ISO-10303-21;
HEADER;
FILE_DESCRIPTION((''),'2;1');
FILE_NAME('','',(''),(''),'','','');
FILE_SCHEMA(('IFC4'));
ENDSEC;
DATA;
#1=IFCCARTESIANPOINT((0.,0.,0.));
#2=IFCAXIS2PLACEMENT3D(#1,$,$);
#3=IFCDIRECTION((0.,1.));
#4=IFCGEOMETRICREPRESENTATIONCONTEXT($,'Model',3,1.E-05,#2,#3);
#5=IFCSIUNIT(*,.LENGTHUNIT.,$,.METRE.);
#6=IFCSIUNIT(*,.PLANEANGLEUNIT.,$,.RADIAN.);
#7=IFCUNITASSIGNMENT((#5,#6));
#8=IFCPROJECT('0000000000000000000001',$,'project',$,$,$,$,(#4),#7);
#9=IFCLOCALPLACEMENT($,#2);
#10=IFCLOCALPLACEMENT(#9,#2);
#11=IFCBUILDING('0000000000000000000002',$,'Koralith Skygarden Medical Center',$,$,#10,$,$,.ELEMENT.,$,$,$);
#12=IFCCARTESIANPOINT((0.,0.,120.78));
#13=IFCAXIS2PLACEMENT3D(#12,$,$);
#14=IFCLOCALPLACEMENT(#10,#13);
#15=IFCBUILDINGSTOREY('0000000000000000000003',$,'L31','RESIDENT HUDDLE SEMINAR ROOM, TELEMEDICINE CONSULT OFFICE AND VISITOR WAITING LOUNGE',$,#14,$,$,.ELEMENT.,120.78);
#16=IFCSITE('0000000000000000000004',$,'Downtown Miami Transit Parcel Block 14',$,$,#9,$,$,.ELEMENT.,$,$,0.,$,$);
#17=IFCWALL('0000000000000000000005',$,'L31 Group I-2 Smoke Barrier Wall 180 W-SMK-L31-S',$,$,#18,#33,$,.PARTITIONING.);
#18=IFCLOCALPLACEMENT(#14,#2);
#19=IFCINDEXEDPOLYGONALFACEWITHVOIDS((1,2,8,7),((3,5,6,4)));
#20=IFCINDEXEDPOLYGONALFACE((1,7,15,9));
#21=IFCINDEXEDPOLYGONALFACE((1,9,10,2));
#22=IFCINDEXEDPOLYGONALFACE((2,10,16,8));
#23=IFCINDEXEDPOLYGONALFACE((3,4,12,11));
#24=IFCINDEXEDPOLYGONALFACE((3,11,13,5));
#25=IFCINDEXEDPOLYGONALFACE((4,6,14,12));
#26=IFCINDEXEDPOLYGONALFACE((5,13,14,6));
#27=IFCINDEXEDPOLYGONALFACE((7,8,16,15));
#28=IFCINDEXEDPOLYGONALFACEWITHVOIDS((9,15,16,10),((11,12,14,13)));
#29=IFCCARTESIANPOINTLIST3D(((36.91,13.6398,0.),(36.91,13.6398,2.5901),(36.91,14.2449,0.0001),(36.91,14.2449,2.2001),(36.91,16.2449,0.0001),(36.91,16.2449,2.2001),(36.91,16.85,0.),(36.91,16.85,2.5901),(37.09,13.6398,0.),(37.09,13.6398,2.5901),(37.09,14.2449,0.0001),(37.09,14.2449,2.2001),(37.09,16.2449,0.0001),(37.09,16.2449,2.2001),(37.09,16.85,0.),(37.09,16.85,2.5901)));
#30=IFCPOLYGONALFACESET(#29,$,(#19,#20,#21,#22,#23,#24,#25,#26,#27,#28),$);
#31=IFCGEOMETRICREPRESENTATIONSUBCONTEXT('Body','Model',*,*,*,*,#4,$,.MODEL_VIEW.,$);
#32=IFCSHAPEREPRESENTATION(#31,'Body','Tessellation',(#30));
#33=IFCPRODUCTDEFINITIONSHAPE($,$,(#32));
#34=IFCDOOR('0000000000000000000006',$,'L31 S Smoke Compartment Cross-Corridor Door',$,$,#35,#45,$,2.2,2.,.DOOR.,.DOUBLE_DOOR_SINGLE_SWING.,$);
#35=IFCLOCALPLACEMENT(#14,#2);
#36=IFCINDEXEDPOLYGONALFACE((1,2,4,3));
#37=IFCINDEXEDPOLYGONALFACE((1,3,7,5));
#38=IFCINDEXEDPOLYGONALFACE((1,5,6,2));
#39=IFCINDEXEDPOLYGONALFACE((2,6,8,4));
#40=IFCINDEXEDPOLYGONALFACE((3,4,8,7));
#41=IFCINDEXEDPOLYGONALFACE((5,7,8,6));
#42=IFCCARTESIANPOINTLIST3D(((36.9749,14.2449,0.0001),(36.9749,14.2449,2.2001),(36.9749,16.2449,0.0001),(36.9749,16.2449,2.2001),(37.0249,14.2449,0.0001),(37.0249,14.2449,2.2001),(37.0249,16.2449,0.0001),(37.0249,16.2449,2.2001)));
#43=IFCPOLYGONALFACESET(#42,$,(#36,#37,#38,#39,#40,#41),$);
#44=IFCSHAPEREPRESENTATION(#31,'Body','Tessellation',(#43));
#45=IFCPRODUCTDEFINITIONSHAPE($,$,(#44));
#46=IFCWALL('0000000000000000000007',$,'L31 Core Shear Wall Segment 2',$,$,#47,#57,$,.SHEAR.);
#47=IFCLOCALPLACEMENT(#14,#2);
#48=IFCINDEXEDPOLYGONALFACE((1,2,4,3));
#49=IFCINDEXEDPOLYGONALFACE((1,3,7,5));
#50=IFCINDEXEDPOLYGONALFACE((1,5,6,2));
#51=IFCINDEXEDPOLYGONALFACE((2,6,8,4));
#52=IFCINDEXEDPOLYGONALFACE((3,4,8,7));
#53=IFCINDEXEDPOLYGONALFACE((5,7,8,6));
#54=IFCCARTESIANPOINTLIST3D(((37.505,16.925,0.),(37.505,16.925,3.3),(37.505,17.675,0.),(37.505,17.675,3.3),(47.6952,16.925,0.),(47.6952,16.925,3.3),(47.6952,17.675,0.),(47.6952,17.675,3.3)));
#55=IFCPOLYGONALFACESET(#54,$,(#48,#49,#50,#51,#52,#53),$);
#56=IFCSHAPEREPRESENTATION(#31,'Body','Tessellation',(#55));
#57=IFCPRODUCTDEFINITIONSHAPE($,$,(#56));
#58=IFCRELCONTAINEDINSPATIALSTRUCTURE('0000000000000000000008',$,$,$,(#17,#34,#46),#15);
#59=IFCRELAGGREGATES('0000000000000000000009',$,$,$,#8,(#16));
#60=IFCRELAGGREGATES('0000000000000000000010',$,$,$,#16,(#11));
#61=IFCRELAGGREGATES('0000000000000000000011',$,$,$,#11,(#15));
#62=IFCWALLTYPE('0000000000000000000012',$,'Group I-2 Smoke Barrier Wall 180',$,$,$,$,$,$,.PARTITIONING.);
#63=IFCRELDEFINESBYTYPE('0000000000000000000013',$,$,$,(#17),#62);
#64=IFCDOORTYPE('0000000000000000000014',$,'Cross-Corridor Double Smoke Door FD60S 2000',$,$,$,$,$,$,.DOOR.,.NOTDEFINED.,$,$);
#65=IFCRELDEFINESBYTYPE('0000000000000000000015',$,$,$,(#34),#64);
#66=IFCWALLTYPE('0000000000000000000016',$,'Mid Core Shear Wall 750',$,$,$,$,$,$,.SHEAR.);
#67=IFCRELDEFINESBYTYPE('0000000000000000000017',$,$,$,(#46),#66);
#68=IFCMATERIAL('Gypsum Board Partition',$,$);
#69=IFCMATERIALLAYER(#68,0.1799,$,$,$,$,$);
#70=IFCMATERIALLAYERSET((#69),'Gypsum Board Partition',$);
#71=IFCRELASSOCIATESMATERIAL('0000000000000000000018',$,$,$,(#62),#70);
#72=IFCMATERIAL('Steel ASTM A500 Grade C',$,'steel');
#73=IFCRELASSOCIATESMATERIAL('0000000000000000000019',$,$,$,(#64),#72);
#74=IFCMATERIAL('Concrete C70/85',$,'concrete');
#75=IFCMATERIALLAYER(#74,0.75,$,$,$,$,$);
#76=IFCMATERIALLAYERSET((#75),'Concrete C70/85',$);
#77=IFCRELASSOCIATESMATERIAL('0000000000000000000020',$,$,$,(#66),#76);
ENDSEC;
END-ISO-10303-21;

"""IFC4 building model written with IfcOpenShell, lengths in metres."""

from ifc_helpers import new_model, si_unit, direction, frame, frame_2d, origin, place, context, subcontext, project, spatial, rectangle, extrude, material, layer, layer_set, type_object, element, fill, save


model = new_model("IFC4")

# Units and contexts
model_context = context("Model", 3, precision=1e-05, world=origin(), true_north=direction((0.0, 1.0)))
body_context = subcontext(model_context, "Body", "Model", "MODEL_VIEW")
ifc_project = project(units=[si_unit("LENGTHUNIT", "METRE"), si_unit("PLANEANGLEUNIT", "RADIAN")], contexts=[model_context])

# Site, building, storey
site_placement = place(None, origin())
site = spatial("IfcSite", under=ifc_project, at=site_placement, Name="Downtown Miami Transit Parcel Block 14", CompositionType="ELEMENT", RefElevation=0.0)
building_placement = place(site_placement, origin())
building = spatial("IfcBuilding", under=site, at=building_placement, Name="Koralith Skygarden Medical Center", CompositionType="ELEMENT")
storey_placement = place(building_placement, frame((0.0, 0.0, 120.78)))
storey = spatial("IfcBuildingStorey", under=building, at=storey_placement, Name="L31", Description="RESIDENT HUDDLE SEMINAR ROOM, TELEMEDICINE CONSULT OFFICE AND VISITOR WAITING LOUNGE", CompositionType="ELEMENT", Elevation=120.78)

# Shared definitions
ifc_material_1 = material(Name="Concrete C70/85", Category="concrete")

# Shared definitions
ifc_material_2 = material(Name="Gypsum Board Partition")

# Wall, opening, door
ifc_layer_1 = layer(ifc_material_2, 0.1799)
ifc_layer_set_1 = layer_set([ifc_layer_1], Name="Gypsum Board Partition")
wall_type_1 = type_object("IfcWallType", Name="Group I-2 Smoke Barrier Wall 180", PredefinedType="PARTITIONING", material=ifc_layer_set_1)
wall_1_placement = place(storey_placement, frame((37.0, 13.6399, 0.0), z_axis=(0.0, 0.0, 1.0), x_axis=(0.0, 1.0, 0.0)))
wall_1 = element("IfcWall", 1, at=wall_1_placement, inside=storey, type_object=wall_type_1, Name="L31 Group I-2 Smoke Barrier Wall 180 W-SMK-L31-S", PredefinedType="PARTITIONING", context=body_context, shape_type="SweptSolid", body=[
    extrude(rectangle(XDim=3.2102, YDim=0.1799, at=frame_2d((1.605, 0.0))), origin(), (0.0, 0.0, 1.0), 2.5901),
])
opening_1_placement = place(wall_1_placement, frame((0.605, 0.0, 0.0)))
opening_1 = element("IfcOpeningElement", 2, at=opening_1_placement, cuts=wall_1, PredefinedType="OPENING", context=body_context, shape_type="SweptSolid", body=[
    extrude(rectangle(XDim=2.0, YDim=2.2, at=frame_2d((1.0, 1.1001))), frame((0.0, 0.0999, 0.0), z_axis=(0.0, -1.0, 0.0), x_axis=(1.0, 0.0, 0.0)), (0.0, 0.0, 1.0), 0.2),
])
ifc_material_3 = material(Name="Steel ASTM A500 Grade C", Category="steel")
door_type_1 = type_object("IfcDoorType", Name="Cross-Corridor Double Smoke Door FD60S 2000", OperationType="NOTDEFINED", PredefinedType="DOOR", material=ifc_material_3)
door_1_placement = place(opening_1_placement, frame((2.0, 0.0, 0.0), z_axis=(0.0, 0.0, 1.0), x_axis=(-1.0, 0.0, 0.0)))
door_1 = element("IfcDoor", 3, at=door_1_placement, inside=storey, type_object=door_type_1, Name="L31 S Smoke Compartment Cross-Corridor Door", OperationType="DOUBLE_DOOR_SINGLE_SWING", OverallHeight=2.2, OverallWidth=2.0, PredefinedType="DOOR", context=body_context, shape_type="SweptSolid", body=[
    extrude(rectangle(XDim=2.0, YDim=2.2, at=frame_2d((1.0, 1.1001))), frame((0.0, 0.0249, 0.0), z_axis=(0.0, -1.0, 0.0), x_axis=(1.0, 0.0, 0.0)), (0.0, 0.0, 1.0), 0.05),
])
fill(opening_1, door_1)

# Wall
ifc_layer_2 = layer(ifc_material_1, 0.75)
ifc_layer_set_2 = layer_set([ifc_layer_2], Name="Concrete C70/85")
wall_type_2 = type_object("IfcWallType", Name="Mid Core Shear Wall 750", PredefinedType="SHEAR", material=ifc_layer_set_2)
wall_2_placement = place(storey_placement, frame((37.5049, 17.3, 0.0), z_axis=(0.0, 0.0, 1.0), x_axis=(1.0, 0.0, 0.0)))
element("IfcWall", 4, at=wall_2_placement, inside=storey, type_object=wall_type_2, Name="L31 Core Shear Wall Segment 2", PredefinedType="SHEAR", context=body_context, shape_type="SweptSolid", body=[
    extrude(rectangle(XDim=10.1902, YDim=0.75, at=frame_2d((5.0952, 0.0))), origin(), (0.0, 0.0, 1.0), 3.3),
])

save(model, "model.ifc")
